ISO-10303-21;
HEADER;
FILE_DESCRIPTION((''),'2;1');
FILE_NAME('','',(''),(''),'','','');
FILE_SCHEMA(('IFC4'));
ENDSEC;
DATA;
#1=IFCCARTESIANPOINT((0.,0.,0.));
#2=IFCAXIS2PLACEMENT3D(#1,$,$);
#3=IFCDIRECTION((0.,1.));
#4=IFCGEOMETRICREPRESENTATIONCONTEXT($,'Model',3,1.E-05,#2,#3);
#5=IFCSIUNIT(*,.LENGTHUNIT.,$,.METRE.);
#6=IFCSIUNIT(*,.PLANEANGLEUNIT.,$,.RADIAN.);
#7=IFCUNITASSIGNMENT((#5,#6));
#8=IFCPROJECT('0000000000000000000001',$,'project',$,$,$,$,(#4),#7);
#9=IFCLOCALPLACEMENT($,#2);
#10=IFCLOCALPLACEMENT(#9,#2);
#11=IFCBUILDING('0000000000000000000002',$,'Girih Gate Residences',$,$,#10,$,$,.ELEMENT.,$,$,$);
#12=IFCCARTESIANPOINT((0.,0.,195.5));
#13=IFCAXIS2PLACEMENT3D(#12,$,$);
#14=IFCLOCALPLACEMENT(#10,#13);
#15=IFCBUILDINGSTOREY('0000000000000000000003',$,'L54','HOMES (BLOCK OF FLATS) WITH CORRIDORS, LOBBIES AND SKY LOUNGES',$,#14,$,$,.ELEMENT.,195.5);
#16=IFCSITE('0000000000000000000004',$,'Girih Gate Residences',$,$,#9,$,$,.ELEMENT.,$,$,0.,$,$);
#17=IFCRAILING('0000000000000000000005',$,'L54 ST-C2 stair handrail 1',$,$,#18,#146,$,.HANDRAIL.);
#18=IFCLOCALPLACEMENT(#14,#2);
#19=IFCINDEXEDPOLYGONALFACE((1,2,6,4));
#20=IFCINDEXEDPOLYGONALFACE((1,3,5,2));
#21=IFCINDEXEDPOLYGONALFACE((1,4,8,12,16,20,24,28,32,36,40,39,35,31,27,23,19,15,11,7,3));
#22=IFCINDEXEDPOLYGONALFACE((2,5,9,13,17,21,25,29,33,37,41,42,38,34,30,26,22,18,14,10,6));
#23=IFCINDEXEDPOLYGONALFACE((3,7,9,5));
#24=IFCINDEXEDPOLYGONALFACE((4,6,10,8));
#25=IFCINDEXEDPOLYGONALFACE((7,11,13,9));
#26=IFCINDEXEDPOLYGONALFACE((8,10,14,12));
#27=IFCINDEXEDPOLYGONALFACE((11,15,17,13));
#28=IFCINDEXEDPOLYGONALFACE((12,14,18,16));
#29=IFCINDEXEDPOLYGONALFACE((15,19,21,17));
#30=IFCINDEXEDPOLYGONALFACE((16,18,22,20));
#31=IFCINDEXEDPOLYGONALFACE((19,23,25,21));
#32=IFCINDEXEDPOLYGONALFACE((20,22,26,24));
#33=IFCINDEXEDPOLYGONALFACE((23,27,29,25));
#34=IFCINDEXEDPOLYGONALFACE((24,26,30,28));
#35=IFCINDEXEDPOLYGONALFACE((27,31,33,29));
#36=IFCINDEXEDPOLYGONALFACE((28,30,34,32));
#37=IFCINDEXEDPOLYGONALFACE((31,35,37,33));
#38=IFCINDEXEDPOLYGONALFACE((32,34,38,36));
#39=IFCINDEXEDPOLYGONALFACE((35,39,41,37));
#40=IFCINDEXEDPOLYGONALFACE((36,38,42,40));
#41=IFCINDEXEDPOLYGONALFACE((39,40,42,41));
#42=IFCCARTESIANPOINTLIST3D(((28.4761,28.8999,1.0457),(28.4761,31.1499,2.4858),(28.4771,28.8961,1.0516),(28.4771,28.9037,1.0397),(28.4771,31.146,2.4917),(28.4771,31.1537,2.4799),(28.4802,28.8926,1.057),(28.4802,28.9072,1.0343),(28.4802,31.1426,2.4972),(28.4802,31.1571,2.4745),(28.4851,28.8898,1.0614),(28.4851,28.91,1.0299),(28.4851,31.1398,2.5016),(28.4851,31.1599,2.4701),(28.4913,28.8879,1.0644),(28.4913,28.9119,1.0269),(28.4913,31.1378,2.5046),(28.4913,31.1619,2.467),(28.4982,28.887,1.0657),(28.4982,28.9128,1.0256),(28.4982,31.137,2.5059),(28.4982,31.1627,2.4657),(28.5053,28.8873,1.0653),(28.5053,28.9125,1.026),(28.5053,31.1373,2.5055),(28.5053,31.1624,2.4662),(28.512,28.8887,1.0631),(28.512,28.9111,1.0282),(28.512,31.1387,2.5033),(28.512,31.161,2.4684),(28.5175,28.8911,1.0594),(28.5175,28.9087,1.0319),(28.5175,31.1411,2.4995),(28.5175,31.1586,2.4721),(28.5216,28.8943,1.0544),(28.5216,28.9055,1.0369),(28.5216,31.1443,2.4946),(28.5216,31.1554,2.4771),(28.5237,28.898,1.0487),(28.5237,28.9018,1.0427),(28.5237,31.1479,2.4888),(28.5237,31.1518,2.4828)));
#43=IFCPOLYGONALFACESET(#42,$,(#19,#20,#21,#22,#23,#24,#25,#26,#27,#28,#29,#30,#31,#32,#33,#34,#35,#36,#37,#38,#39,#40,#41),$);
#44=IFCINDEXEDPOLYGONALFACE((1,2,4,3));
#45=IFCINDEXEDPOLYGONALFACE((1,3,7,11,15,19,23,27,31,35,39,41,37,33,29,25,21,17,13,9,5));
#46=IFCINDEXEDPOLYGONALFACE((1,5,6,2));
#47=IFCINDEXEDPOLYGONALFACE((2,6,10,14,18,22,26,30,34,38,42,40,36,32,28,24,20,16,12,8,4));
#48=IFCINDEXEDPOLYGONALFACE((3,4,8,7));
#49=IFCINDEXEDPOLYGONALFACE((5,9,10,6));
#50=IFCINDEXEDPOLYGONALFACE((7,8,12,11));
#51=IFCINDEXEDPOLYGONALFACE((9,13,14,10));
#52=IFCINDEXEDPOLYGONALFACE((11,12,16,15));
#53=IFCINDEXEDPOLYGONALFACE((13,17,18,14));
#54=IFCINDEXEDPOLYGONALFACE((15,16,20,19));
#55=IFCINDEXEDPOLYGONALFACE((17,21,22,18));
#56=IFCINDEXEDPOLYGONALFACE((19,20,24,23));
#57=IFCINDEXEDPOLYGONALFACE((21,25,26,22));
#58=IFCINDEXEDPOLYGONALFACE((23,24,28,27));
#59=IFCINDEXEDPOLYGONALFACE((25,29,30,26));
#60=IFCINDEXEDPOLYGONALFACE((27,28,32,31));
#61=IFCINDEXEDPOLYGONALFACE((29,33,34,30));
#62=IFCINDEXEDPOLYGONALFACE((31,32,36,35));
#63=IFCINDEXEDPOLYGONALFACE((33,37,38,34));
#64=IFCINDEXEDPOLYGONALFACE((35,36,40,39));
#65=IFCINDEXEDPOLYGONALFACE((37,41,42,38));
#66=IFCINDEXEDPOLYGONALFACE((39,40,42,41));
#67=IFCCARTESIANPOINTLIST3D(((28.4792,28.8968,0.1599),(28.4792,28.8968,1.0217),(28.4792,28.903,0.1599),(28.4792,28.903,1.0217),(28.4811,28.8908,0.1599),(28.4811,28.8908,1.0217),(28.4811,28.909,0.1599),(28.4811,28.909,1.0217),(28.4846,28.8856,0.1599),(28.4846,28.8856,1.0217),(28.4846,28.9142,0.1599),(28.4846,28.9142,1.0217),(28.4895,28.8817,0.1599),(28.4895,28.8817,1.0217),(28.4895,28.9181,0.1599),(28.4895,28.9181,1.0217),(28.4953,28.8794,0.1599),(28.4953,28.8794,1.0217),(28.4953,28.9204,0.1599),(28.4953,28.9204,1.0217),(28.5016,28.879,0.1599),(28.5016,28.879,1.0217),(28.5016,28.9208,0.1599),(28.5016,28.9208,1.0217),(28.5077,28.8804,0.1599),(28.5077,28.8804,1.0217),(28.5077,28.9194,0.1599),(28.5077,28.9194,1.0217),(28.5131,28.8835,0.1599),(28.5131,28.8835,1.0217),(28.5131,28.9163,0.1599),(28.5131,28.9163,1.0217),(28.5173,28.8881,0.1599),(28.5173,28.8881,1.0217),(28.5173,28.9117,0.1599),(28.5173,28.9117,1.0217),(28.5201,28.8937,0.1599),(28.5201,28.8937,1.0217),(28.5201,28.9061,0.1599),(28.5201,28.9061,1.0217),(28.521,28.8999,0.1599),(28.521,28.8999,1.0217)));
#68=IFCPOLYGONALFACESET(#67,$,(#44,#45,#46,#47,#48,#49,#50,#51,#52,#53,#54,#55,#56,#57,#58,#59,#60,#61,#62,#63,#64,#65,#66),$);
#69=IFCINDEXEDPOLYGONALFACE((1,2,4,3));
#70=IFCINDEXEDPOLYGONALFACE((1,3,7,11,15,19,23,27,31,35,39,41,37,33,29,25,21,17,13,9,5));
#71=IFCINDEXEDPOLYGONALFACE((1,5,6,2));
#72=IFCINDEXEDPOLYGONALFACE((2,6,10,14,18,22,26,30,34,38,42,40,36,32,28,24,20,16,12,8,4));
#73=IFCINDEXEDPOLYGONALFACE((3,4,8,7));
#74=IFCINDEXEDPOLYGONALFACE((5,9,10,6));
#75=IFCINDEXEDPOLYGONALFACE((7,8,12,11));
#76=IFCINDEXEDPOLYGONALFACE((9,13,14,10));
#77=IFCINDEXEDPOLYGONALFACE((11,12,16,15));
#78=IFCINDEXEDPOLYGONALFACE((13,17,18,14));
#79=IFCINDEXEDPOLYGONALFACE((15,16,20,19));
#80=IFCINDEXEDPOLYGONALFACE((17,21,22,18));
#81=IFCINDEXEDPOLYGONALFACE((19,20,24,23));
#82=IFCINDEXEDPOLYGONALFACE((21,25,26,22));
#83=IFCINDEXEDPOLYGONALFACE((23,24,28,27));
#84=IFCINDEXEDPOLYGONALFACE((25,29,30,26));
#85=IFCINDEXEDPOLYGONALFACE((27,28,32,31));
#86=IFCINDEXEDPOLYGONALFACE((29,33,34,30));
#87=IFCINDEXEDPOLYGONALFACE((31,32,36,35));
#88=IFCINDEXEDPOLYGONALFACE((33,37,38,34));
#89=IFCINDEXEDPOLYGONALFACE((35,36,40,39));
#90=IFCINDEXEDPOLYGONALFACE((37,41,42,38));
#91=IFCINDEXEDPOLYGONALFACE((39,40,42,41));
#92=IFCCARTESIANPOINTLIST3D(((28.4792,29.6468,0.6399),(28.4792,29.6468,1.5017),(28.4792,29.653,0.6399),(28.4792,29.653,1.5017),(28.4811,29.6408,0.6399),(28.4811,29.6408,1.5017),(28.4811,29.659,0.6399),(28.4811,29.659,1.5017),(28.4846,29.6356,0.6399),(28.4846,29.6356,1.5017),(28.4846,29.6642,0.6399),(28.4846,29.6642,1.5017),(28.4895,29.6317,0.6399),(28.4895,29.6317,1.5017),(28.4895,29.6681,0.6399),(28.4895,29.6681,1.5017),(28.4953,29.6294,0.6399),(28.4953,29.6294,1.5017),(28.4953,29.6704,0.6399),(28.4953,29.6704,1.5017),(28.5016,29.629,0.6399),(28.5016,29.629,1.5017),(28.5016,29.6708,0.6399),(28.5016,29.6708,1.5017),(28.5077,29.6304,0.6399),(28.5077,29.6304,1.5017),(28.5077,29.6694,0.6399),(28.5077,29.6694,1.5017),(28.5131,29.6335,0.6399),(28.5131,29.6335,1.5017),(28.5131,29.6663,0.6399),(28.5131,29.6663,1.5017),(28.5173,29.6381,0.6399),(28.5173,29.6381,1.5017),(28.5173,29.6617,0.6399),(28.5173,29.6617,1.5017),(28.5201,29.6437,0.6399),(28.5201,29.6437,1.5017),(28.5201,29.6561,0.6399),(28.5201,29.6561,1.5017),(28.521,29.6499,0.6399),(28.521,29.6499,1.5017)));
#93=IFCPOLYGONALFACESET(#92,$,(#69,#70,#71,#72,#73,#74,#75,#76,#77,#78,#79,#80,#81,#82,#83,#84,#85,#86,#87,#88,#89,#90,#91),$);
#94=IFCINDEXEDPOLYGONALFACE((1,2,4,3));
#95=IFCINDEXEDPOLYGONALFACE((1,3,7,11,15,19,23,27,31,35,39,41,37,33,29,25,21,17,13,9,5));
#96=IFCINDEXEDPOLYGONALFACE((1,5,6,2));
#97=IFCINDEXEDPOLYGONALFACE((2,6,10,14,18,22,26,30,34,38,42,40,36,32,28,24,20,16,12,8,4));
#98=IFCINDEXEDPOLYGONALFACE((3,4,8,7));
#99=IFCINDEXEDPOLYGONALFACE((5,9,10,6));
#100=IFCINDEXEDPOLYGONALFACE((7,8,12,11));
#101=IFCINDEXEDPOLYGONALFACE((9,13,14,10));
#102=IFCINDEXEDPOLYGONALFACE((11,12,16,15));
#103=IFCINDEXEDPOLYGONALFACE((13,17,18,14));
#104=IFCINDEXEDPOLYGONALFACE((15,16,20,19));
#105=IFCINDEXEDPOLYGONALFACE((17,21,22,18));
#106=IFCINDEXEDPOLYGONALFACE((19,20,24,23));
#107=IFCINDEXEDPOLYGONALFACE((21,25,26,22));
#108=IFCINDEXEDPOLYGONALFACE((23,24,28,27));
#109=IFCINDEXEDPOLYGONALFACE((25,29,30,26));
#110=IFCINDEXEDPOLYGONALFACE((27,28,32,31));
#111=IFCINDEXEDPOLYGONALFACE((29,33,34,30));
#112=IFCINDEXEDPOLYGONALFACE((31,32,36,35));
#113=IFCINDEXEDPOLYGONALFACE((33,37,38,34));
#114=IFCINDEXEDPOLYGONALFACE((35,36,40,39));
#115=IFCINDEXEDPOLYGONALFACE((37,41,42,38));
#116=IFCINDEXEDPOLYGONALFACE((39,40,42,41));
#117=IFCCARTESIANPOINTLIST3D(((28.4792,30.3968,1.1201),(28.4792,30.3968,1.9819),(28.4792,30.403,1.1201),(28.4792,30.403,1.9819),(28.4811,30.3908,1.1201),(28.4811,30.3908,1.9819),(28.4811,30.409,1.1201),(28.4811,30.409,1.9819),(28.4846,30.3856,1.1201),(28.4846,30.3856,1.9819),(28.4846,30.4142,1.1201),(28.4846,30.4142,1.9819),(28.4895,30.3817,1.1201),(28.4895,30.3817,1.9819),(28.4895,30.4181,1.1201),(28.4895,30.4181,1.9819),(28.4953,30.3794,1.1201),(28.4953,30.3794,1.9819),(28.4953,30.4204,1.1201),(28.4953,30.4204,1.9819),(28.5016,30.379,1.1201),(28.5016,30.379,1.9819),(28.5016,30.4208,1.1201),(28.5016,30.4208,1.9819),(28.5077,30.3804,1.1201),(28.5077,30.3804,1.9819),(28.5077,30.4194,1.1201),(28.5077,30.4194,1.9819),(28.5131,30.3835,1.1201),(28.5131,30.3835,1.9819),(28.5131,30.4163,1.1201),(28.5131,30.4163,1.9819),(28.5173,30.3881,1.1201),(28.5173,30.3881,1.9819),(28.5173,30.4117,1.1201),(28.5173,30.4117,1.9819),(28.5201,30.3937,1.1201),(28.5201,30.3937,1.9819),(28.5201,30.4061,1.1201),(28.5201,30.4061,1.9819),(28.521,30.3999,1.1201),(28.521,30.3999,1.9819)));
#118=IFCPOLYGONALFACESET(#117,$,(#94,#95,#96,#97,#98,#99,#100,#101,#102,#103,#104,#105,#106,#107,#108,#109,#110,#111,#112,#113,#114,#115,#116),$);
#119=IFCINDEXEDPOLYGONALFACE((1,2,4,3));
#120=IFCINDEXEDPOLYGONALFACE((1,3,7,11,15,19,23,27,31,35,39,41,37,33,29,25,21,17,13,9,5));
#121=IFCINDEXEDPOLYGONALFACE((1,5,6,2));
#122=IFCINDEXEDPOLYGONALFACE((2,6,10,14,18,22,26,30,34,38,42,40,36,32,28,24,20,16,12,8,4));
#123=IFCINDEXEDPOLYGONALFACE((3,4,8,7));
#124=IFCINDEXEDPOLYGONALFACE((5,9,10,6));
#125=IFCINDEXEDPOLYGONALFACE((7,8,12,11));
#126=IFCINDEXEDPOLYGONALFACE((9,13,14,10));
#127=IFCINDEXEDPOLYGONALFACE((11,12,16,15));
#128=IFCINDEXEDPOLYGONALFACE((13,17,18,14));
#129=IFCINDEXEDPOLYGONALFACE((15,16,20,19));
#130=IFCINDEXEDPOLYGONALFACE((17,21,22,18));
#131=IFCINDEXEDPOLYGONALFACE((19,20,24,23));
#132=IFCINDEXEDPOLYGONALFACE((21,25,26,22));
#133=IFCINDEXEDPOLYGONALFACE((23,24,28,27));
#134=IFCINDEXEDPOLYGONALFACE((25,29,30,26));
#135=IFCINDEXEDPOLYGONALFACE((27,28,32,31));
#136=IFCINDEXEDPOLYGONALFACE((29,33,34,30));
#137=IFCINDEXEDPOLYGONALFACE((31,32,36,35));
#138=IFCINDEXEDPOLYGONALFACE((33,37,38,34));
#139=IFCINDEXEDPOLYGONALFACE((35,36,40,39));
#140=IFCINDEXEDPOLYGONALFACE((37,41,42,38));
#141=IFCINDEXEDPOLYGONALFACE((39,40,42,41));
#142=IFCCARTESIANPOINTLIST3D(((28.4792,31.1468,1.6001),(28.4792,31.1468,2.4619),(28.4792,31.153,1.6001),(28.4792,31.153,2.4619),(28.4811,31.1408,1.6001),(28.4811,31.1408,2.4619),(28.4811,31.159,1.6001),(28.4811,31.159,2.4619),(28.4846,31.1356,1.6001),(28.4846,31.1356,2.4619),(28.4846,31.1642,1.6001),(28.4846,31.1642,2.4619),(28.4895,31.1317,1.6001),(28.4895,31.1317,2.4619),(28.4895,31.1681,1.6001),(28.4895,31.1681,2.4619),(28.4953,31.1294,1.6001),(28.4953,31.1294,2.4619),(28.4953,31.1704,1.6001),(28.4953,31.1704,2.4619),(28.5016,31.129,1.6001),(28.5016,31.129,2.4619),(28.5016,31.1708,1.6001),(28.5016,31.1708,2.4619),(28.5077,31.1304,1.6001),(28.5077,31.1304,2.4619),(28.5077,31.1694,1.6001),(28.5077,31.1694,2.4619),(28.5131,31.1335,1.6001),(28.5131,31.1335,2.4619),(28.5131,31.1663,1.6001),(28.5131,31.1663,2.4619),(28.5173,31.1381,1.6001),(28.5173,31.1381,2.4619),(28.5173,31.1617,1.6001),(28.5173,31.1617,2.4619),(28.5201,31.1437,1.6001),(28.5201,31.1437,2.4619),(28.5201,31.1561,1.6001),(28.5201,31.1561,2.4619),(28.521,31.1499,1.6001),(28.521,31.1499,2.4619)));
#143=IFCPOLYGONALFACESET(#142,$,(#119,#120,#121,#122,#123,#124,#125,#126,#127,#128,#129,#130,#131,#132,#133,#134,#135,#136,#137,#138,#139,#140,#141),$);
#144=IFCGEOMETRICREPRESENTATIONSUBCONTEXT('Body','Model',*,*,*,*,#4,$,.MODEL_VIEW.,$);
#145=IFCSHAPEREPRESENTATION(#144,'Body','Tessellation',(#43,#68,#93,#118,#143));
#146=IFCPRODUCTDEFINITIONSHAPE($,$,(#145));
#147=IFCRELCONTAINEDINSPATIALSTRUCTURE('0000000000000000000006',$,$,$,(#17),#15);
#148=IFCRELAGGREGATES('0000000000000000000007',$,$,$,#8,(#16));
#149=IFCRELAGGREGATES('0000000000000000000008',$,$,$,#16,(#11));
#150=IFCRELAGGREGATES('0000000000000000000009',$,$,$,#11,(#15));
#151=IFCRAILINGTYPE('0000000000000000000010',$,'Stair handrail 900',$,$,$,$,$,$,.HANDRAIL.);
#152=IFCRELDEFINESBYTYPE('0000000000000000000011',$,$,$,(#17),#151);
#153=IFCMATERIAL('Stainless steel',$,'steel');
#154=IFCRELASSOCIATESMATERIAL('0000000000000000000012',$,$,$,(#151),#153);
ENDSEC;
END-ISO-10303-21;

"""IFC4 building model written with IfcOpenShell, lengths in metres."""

from ifc_helpers import new_model, si_unit, direction, frame, origin, origin_2d, place, context, subcontext, project, spatial, circle, extrude, material, type_object, element, save


model = new_model("IFC4")

# Units and contexts
model_context = context("Model", 3, precision=1e-05, world=origin(), true_north=direction((0.0, 1.0)))
body_context = subcontext(model_context, "Body", "Model", "MODEL_VIEW")
ifc_project = project(units=[si_unit("LENGTHUNIT", "METRE"), si_unit("PLANEANGLEUNIT", "RADIAN")], contexts=[model_context])

# Site, building, storey
site_placement = place(None, origin())
site = spatial("IfcSite", under=ifc_project, at=site_placement, Name="Girih Gate Residences", CompositionType="ELEMENT", RefElevation=0.0)
building_placement = place(site_placement, origin())
building = spatial("IfcBuilding", under=site, at=building_placement, Name="Girih Gate Residences", CompositionType="ELEMENT")
storey_placement = place(building_placement, frame((0.0, 0.0, 195.5)))
storey = spatial("IfcBuildingStorey", under=building, at=storey_placement, Name="L54", Description="HOMES (BLOCK OF FLATS) WITH CORRIDORS, LOBBIES AND SKY LOUNGES", CompositionType="ELEMENT", Elevation=195.5)

# Railing
ifc_material_1 = material(Name="Stainless steel", Category="steel")
railing_type_1 = type_object("IfcRailingType", Name="Stair handrail 900", PredefinedType="HANDRAIL", material=ifc_material_1)
railing_1_placement = place(storey_placement, frame((28.5, 28.8999, 0.1599)))
element("IfcRailing", 1, at=railing_1_placement, inside=storey, type_object=railing_type_1, Name="L54 ST-C2 stair handrail 1", PredefinedType="HANDRAIL", context=body_context, shape_type="SweptSolid", body=[
    extrude(circle(Radius=0.0239, at=origin_2d()), frame((0.0, 0.0, 0.8857), z_axis=(0.0, 0.84224, 0.539103), x_axis=(-1.0, 0.0, 0.0)), (0.0, 0.0, 1.0), 2.6714),
    extrude(circle(Radius=0.021, at=origin_2d()), origin(), (0.0, 0.0, 1.0), 0.8618),
    extrude(circle(Radius=0.021, at=origin_2d()), frame((0.0, 0.75, 0.48)), (0.0, 0.0, 1.0), 0.8618),
    extrude(circle(Radius=0.021, at=origin_2d()), frame((0.0, 1.5, 0.9602)), (0.0, 0.0, 1.0), 0.8618),
    extrude(circle(Radius=0.021, at=origin_2d()), frame((0.0, 2.25, 1.4402)), (0.0, 0.0, 1.0), 0.8618),
])

save(model, "model.ifc")
